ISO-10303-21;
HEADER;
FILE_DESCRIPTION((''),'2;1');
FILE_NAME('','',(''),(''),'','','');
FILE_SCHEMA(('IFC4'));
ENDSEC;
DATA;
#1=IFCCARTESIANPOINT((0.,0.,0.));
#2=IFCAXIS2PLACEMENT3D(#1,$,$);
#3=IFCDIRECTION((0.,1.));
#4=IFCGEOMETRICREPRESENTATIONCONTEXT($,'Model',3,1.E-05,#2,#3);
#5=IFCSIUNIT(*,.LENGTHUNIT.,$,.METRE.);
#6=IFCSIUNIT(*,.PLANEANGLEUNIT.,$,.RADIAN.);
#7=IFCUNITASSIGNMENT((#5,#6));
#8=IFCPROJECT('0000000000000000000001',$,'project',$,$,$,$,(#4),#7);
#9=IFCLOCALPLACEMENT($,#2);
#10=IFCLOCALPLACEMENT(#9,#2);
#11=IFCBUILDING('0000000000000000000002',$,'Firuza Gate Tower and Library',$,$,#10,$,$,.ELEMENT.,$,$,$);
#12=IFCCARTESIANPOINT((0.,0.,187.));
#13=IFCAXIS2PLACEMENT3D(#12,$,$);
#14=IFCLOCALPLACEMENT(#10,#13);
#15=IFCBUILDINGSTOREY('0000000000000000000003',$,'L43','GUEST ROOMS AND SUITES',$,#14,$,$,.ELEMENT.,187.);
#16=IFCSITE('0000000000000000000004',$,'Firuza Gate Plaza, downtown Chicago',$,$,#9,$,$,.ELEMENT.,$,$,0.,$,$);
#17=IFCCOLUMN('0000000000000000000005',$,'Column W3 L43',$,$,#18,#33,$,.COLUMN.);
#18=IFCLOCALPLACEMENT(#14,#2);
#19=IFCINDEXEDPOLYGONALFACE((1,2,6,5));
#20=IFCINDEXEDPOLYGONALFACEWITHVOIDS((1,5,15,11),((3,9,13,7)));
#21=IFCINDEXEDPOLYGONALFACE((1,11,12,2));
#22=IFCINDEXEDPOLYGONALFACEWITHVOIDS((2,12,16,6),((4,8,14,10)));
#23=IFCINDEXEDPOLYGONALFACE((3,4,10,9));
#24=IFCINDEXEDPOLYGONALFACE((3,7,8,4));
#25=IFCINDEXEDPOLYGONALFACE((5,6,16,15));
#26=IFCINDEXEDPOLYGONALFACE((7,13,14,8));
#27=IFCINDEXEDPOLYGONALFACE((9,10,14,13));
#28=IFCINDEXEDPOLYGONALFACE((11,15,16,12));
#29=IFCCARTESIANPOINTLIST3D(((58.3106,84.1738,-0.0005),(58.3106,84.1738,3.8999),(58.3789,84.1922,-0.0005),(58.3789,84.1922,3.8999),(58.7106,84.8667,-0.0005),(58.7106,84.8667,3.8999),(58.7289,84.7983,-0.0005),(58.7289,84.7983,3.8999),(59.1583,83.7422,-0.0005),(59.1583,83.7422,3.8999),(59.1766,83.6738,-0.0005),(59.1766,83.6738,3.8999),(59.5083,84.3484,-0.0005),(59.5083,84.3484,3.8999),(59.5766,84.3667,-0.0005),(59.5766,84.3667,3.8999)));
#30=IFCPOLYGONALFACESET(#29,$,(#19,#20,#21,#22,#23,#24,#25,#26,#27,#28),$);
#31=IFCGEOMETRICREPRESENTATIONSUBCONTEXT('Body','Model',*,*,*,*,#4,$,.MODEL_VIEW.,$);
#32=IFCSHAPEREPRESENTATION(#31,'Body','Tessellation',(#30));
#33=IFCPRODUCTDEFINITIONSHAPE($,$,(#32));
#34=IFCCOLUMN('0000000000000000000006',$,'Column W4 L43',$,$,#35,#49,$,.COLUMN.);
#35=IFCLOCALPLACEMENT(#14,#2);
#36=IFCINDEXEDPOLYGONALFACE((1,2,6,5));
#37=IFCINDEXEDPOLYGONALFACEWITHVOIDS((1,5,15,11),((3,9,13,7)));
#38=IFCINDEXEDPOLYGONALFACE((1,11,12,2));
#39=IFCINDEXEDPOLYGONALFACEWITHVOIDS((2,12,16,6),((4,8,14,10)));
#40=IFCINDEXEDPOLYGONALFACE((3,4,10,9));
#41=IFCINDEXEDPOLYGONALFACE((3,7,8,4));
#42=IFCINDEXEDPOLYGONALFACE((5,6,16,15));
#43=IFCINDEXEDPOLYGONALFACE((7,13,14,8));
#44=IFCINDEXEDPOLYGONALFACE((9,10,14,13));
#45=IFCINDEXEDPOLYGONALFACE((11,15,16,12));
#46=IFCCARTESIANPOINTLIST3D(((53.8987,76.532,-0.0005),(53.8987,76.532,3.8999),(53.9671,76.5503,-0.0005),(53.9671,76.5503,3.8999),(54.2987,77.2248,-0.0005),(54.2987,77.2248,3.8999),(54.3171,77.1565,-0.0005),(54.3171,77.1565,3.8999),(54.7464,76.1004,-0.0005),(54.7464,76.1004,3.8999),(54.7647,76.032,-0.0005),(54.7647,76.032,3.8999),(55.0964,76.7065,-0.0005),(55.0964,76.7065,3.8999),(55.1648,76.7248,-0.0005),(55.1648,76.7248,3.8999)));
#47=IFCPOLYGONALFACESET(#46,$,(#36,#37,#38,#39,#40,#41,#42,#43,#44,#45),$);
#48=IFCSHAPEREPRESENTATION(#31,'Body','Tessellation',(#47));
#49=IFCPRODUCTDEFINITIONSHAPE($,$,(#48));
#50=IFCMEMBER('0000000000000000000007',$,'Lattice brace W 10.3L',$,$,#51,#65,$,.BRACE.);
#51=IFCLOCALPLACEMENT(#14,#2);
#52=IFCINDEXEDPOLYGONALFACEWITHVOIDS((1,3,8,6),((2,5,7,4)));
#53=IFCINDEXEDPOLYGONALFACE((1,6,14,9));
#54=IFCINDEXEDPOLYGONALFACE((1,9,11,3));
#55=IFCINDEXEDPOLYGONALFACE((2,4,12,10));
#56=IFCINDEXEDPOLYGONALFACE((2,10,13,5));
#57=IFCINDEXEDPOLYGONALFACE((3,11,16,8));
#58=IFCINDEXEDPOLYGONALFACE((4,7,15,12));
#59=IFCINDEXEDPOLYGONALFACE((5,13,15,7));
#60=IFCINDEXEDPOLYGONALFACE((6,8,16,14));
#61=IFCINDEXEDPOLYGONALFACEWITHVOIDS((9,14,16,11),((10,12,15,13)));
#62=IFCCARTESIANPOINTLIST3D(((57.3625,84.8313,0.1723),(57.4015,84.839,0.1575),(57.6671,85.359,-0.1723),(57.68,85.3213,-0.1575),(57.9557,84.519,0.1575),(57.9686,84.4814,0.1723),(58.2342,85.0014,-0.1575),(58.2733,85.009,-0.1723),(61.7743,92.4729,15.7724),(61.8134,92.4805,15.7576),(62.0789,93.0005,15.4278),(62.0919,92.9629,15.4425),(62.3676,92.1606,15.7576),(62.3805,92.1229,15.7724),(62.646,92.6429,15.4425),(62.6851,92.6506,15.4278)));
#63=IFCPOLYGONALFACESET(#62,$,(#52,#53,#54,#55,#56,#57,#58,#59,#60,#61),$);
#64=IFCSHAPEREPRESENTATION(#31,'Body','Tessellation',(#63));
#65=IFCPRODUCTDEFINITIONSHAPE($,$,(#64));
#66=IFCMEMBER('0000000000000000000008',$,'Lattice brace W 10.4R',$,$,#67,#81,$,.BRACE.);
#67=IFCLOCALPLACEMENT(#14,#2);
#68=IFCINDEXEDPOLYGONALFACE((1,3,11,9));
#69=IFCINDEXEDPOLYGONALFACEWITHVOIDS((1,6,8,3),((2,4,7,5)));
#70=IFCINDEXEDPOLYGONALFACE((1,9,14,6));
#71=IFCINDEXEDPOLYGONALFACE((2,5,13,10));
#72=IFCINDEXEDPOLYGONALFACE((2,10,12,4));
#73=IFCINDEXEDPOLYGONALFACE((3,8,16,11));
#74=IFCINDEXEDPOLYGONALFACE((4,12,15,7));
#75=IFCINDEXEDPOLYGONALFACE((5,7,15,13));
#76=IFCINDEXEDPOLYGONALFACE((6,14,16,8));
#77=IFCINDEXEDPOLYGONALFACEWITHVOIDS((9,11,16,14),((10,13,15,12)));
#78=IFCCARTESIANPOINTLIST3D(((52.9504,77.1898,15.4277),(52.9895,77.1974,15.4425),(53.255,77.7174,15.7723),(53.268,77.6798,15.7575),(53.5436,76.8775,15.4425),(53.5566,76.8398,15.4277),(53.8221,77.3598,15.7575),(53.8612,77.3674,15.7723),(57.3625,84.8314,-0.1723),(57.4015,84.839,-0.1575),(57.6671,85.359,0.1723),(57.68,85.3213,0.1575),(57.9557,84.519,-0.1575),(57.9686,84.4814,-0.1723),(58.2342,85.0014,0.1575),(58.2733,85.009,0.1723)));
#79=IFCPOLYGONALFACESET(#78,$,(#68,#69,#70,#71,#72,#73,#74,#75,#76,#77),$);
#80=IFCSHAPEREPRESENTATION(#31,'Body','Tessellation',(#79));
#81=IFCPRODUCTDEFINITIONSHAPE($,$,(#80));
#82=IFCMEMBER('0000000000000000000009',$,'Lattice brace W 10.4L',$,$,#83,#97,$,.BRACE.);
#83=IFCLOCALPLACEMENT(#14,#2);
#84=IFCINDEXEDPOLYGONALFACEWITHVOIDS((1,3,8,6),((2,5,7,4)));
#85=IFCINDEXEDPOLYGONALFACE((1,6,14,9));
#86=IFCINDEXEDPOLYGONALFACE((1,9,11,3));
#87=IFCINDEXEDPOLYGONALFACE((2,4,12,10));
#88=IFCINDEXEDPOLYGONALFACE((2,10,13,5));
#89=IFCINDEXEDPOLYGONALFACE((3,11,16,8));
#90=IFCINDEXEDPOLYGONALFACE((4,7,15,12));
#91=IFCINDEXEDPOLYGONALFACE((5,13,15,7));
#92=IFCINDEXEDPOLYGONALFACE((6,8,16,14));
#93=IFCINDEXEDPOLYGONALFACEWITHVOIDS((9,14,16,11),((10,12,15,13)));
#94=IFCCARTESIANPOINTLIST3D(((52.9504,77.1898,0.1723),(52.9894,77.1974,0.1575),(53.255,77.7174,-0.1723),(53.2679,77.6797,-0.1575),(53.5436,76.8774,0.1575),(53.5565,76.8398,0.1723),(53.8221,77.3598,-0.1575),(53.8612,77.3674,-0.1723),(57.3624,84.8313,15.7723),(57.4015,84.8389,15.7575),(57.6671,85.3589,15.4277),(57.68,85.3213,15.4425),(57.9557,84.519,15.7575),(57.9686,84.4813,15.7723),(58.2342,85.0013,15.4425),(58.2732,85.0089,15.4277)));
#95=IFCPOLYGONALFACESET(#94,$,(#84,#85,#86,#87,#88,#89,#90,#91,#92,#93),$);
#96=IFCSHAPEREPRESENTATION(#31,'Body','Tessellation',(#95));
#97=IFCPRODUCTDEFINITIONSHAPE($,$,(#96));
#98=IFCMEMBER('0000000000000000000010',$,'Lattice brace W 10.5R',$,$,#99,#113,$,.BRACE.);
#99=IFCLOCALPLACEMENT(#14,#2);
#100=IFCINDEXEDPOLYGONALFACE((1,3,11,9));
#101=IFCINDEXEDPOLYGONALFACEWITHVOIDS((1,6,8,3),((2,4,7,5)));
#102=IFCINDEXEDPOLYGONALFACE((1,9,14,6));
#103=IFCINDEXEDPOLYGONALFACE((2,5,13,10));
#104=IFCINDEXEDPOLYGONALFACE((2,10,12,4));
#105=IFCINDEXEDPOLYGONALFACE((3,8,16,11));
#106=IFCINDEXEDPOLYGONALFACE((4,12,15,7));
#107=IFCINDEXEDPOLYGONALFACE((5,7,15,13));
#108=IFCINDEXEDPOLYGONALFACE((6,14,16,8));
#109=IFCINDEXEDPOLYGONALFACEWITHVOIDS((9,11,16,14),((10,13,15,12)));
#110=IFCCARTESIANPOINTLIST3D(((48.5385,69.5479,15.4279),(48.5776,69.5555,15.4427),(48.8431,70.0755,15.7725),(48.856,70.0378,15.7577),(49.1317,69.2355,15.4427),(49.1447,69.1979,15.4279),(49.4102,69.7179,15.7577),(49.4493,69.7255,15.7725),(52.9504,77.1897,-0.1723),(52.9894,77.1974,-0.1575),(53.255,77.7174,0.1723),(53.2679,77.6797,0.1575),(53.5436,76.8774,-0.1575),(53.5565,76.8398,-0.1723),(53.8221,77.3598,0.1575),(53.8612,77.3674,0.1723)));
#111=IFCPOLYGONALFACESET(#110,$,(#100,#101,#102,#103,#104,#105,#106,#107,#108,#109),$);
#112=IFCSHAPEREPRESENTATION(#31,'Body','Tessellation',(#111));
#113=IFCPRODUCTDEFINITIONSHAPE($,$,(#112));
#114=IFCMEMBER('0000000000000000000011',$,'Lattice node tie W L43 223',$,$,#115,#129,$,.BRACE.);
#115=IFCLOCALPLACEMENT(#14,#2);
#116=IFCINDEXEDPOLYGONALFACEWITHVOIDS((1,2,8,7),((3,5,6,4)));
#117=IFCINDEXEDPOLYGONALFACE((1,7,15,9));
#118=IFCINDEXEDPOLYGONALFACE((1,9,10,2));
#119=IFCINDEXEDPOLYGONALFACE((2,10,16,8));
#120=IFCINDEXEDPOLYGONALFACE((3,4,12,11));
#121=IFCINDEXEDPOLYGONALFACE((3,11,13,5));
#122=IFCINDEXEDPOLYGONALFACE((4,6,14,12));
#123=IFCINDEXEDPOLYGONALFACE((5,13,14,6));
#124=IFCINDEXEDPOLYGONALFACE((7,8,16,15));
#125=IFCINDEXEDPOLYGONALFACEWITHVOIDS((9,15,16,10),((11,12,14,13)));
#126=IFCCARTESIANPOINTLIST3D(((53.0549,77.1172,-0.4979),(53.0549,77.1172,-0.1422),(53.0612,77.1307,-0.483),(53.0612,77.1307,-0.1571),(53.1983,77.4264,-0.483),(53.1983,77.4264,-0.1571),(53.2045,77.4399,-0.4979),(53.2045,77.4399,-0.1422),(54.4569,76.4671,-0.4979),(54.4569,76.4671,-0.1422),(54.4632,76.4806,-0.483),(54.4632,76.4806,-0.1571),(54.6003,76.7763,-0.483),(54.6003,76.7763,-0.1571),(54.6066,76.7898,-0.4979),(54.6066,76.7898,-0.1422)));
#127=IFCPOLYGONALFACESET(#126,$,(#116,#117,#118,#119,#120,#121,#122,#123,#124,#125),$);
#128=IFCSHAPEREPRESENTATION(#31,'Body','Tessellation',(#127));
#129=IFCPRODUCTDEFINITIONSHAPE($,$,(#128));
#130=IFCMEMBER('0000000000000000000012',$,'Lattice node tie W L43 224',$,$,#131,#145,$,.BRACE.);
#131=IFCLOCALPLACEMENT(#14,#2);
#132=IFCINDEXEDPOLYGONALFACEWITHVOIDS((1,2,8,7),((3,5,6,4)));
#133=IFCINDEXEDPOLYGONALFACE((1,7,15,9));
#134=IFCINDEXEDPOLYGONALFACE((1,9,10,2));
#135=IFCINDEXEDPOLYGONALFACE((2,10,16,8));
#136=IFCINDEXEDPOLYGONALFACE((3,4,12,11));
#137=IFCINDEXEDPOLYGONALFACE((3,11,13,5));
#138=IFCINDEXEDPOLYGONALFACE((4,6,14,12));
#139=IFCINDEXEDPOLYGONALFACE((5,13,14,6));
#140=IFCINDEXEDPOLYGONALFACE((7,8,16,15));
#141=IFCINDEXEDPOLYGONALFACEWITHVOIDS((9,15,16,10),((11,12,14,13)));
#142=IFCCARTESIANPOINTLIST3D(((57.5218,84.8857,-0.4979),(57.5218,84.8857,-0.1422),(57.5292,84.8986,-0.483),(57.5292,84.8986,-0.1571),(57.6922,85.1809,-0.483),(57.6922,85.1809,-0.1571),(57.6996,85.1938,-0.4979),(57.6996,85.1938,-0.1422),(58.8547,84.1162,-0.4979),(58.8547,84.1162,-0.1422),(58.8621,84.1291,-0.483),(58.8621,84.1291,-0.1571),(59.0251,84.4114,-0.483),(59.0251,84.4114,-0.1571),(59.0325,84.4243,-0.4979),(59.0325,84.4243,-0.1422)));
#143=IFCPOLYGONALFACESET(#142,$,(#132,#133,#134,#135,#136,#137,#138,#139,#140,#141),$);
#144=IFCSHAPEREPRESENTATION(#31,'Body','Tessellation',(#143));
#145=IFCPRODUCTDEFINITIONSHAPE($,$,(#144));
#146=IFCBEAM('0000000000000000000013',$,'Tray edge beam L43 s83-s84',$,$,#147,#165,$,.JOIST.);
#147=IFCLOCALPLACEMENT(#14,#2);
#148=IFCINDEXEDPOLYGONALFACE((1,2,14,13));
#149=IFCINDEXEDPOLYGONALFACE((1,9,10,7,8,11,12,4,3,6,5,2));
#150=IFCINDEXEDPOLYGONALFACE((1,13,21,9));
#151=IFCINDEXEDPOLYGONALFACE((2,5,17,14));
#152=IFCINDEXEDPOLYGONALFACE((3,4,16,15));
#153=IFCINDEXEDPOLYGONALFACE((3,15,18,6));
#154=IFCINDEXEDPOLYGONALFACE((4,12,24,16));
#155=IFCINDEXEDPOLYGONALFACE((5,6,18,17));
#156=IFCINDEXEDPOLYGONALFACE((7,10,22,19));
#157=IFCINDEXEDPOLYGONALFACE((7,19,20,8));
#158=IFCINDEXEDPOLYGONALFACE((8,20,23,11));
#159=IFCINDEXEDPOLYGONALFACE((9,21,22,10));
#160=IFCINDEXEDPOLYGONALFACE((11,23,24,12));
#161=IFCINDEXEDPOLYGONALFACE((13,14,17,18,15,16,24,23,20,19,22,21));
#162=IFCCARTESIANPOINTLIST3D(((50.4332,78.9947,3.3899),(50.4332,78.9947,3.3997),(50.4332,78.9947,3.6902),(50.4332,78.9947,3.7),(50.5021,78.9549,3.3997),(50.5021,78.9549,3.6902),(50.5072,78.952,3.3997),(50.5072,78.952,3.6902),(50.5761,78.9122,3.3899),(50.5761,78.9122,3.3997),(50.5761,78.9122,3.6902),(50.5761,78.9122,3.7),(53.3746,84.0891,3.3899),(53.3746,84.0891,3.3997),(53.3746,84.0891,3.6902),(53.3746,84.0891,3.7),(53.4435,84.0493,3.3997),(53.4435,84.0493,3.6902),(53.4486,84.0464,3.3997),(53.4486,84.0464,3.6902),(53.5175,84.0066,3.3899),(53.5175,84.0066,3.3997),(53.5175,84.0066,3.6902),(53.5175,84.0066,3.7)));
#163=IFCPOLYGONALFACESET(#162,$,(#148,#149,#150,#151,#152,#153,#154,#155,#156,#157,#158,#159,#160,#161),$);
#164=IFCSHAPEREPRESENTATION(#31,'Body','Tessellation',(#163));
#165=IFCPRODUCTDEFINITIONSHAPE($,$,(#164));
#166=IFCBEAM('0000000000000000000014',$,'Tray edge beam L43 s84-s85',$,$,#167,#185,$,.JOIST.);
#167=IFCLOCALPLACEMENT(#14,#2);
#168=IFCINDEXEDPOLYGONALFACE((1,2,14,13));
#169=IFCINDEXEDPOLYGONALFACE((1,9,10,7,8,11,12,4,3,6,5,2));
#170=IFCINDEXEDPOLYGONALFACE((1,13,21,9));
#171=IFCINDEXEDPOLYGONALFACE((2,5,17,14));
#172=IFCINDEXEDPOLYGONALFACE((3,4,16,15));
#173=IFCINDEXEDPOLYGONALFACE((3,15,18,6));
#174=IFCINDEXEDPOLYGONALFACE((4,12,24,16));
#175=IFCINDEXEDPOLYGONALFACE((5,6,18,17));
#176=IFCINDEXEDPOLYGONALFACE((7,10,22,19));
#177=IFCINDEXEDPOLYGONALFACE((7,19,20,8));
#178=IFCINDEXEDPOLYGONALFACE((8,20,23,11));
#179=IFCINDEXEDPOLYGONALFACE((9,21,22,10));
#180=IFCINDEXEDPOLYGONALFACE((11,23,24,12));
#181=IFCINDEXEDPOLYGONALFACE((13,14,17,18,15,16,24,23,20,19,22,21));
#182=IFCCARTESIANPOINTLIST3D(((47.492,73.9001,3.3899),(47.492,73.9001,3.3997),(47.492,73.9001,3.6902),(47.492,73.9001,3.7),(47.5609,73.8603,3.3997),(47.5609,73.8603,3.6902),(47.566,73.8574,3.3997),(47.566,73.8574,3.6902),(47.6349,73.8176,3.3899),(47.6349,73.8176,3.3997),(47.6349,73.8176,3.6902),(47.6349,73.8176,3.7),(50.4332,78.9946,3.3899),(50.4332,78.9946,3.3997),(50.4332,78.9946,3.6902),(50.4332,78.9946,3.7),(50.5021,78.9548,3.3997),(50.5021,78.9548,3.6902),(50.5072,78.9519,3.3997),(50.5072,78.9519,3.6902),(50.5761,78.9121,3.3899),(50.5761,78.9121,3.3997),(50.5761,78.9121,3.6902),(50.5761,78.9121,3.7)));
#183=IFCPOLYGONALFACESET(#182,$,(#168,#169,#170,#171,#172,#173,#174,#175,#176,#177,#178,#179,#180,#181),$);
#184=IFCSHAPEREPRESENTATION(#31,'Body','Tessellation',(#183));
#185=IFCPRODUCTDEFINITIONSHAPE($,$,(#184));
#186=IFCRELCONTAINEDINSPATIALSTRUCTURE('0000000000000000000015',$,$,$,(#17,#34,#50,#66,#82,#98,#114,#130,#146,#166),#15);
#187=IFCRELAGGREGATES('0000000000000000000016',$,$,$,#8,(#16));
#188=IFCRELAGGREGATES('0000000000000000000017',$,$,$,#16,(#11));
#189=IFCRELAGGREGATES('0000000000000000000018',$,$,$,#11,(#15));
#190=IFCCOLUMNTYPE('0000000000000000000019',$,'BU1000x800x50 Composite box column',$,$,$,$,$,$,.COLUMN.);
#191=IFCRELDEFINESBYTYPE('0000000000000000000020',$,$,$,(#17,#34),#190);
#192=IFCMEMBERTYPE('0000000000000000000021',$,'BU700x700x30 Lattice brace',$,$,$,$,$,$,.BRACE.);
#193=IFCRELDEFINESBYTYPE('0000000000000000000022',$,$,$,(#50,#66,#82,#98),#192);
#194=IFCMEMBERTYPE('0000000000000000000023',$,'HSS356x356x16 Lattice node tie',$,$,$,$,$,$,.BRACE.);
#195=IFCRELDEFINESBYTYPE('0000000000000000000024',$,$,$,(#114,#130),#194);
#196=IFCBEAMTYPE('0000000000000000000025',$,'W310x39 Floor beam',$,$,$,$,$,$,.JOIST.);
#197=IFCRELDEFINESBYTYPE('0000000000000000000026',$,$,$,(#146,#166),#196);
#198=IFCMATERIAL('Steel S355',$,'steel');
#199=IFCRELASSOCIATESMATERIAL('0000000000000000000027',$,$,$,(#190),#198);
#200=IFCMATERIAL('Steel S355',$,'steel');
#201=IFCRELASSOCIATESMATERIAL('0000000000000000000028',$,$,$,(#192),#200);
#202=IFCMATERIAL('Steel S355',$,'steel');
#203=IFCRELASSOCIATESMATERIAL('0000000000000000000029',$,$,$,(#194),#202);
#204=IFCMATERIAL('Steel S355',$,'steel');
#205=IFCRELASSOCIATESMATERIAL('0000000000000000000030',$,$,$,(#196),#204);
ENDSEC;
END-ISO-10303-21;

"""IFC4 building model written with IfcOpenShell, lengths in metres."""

from ifc_helpers import new_model, si_unit, direction, frame, origin, origin_2d, place, context, subcontext, project, spatial, hollow_rectangle, i_section, extrude, material, material_profile, profile_set, type_object, element, save


model = new_model("IFC4")

# Units and contexts
model_context = context("Model", 3, precision=1e-05, world=origin(), true_north=direction((0.0, 1.0)))
body_context = subcontext(model_context, "Body", "Model", "MODEL_VIEW")
ifc_project = project(units=[si_unit("LENGTHUNIT", "METRE"), si_unit("PLANEANGLEUNIT", "RADIAN")], contexts=[model_context])

# Site, building, storey
site_placement = place(None, origin())
site = spatial("IfcSite", under=ifc_project, at=site_placement, Name="Firuza Gate Plaza, downtown Chicago", CompositionType="ELEMENT", RefElevation=0.0)
building_placement = place(site_placement, origin())
building = spatial("IfcBuilding", under=site, at=building_placement, Name="Firuza Gate Tower and Library", CompositionType="ELEMENT")
storey_placement = place(building_placement, frame((0.0, 0.0, 187.0)))
storey = spatial("IfcBuildingStorey", under=building, at=storey_placement, Name="L43", Description="GUEST ROOMS AND SUITES", CompositionType="ELEMENT", Elevation=187.0)

# Columns
ifc_material_1 = material(Name="Steel S355", Category="steel")
ifc_material_profile_1 = material_profile(ifc_material_1, hollow_rectangle(XDim=0.8, YDim=1.0, WallThickness=0.05, at=origin_2d()))
ifc_profile_set_1 = profile_set([ifc_material_profile_1], Name="Steel S355")
column_type = type_object("IfcColumnType", Name="BU1000x800x50 Composite box column", PredefinedType="COLUMN", material=ifc_profile_set_1)
for number, where, z_axis, x_axis, name in (
    (1, (58.9436, 84.2703, -0.0005), (0.0, 0.0, 1.0), (-0.5, -0.866025, 0.0), "Column W3 L43"),
    (2, (54.5317, 76.6284, -0.0005), (0.0, 0.0, 1.0), (-0.5, -0.866025, 0.0), "Column W4 L43"),
):
    element("IfcColumn", number, at=place(storey_placement, frame(where, z_axis=z_axis, x_axis=x_axis)), inside=storey, type_object=column_type, Name=name, PredefinedType="COLUMN", context=body_context, shape_type="SweptSolid", body=[
        extrude(hollow_rectangle(XDim=0.8, YDim=1.0, WallThickness=0.05, at=origin_2d()), origin(), (0.0, 0.0, 1.0), 3.9004),
    ])

# Members
ifc_material_2 = material(Name="Steel S355", Category="steel")
ifc_material_profile_2 = material_profile(ifc_material_2, hollow_rectangle(XDim=0.7, YDim=0.7, WallThickness=0.03, at=origin_2d()))
ifc_profile_set_2 = profile_set([ifc_material_profile_2], Name="Steel S355")
member_type_1 = type_object("IfcMemberType", Name="BU700x700x30 Lattice brace", PredefinedType="BRACE", material=ifc_profile_set_2)
for number, where, z_axis, x_axis, name in (
    (3, (57.8179, 84.9202, 0.0), (0.246161, 0.426365, 0.870412), (-0.866026, 0.499999, 0.0), "Lattice brace W 10.3L"),
    (4, (57.8179, 84.9202, 0.0), (-0.246174, -0.426364, 0.870409), (0.866014, -0.500019, 0.0), "Lattice brace W 10.4R"),
    (5, (53.4058, 77.2786, 0.0), (0.246174, 0.426364, 0.870409), (-0.866014, 0.500019, 0.0), "Lattice brace W 10.4L"),
):
    element("IfcMember", number, at=place(storey_placement, frame(where, z_axis=z_axis, x_axis=x_axis)), inside=storey, type_object=member_type_1, Name=name, PredefinedType="BRACE", context=body_context, shape_type="SweptSolid", body=[
        extrude(hollow_rectangle(XDim=0.7, YDim=0.7, WallThickness=0.03, at=origin_2d()), origin(), (0.0, 0.0, 1.0), 17.9226),
    ])
member_1_placement = place(storey_placement, frame((53.4058, 77.2786, 0.0), z_axis=(-0.24616, -0.426377, 0.870407), x_axis=(0.866033, -0.499987, 0.0)))
element("IfcMember", 6, at=member_1_placement, inside=storey, type_object=member_type_1, Name="Lattice brace W 10.5R", PredefinedType="BRACE", context=body_context, shape_type="SweptSolid", body=[
    extrude(hollow_rectangle(XDim=0.7, YDim=0.7, WallThickness=0.03, at=origin_2d()), origin(), (0.0, 0.0, 1.0), 17.9229),
])
ifc_material_3 = material(Name="Steel S355", Category="steel")
ifc_material_profile_3 = material_profile(ifc_material_3, hollow_rectangle(XDim=0.3557, YDim=0.3557, WallThickness=0.0149, at=origin_2d()))
ifc_profile_set_3 = profile_set([ifc_material_profile_3], Name="Steel S355")
member_type_2 = type_object("IfcMemberType", Name="HSS356x356x16 Lattice node tie", PredefinedType="BRACE", material=ifc_profile_set_3)
member_2_placement = place(storey_placement, frame((54.5317, 76.6284, -0.3201), z_axis=(-0.907214, 0.42067, 0.0), x_axis=(-0.42067, -0.907214, 0.0)))
element("IfcMember", 7, at=member_2_placement, inside=storey, type_object=member_type_2, Name="Lattice node tie W L43 223", PredefinedType="BRACE", context=body_context, shape_type="SweptSolid", body=[
    extrude(hollow_rectangle(XDim=0.3557, YDim=0.3557, WallThickness=0.0149, at=origin_2d()), origin(), (0.0, 0.0, 1.0), 1.5454),
])
member_3_placement = place(storey_placement, frame((58.9436, 84.2703, -0.3201), z_axis=(-0.866048, 0.49996, 0.0), x_axis=(-0.49996, -0.866048, 0.0)))
element("IfcMember", 8, at=member_3_placement, inside=storey, type_object=member_type_2, Name="Lattice node tie W L43 224", PredefinedType="BRACE", context=body_context, shape_type="SweptSolid", body=[
    extrude(hollow_rectangle(XDim=0.3557, YDim=0.3557, WallThickness=0.0149, at=origin_2d()), origin(), (0.0, 0.0, 1.0), 1.5391),
])

# Beams
ifc_material_4 = material(Name="Steel S355", Category="steel")
ifc_material_profile_4 = material_profile(ifc_material_4, i_section(OverallWidth=0.165, OverallDepth=0.3101, WebThickness=0.0059, FlangeThickness=0.0098, at=origin_2d()))
ifc_profile_set_4 = profile_set([ifc_material_profile_4], Name="Steel S355")
beam_type_1 = type_object("IfcBeamType", Name="W310x39 Floor beam", PredefinedType="JOIST", material=ifc_profile_set_4)
for number, where, z_axis, x_axis, name in (
    (9, (53.446, 84.0479, 3.5449), (-0.500013, -0.866018, 0.0), (0.866018, -0.500013, 0.0), "Tray edge beam L43 s83-s84"),
    (10, (50.5046, 78.9534, 3.5449), (-0.499982, -0.866036, 0.0), (0.866036, -0.499982, 0.0), "Tray edge beam L43 s84-s85"),
):
    element("IfcBeam", number, at=place(storey_placement, frame(where, z_axis=z_axis, x_axis=x_axis)), inside=storey, type_object=beam_type_1, Name=name, PredefinedType="JOIST", context=body_context, shape_type="SweptSolid", body=[
        extrude(i_section(OverallWidth=0.165, OverallDepth=0.3101, WebThickness=0.0059, FlangeThickness=0.0098, at=origin_2d()), origin(), (0.0, 0.0, 1.0), 5.8826),
    ])

save(model, "model.ifc")
